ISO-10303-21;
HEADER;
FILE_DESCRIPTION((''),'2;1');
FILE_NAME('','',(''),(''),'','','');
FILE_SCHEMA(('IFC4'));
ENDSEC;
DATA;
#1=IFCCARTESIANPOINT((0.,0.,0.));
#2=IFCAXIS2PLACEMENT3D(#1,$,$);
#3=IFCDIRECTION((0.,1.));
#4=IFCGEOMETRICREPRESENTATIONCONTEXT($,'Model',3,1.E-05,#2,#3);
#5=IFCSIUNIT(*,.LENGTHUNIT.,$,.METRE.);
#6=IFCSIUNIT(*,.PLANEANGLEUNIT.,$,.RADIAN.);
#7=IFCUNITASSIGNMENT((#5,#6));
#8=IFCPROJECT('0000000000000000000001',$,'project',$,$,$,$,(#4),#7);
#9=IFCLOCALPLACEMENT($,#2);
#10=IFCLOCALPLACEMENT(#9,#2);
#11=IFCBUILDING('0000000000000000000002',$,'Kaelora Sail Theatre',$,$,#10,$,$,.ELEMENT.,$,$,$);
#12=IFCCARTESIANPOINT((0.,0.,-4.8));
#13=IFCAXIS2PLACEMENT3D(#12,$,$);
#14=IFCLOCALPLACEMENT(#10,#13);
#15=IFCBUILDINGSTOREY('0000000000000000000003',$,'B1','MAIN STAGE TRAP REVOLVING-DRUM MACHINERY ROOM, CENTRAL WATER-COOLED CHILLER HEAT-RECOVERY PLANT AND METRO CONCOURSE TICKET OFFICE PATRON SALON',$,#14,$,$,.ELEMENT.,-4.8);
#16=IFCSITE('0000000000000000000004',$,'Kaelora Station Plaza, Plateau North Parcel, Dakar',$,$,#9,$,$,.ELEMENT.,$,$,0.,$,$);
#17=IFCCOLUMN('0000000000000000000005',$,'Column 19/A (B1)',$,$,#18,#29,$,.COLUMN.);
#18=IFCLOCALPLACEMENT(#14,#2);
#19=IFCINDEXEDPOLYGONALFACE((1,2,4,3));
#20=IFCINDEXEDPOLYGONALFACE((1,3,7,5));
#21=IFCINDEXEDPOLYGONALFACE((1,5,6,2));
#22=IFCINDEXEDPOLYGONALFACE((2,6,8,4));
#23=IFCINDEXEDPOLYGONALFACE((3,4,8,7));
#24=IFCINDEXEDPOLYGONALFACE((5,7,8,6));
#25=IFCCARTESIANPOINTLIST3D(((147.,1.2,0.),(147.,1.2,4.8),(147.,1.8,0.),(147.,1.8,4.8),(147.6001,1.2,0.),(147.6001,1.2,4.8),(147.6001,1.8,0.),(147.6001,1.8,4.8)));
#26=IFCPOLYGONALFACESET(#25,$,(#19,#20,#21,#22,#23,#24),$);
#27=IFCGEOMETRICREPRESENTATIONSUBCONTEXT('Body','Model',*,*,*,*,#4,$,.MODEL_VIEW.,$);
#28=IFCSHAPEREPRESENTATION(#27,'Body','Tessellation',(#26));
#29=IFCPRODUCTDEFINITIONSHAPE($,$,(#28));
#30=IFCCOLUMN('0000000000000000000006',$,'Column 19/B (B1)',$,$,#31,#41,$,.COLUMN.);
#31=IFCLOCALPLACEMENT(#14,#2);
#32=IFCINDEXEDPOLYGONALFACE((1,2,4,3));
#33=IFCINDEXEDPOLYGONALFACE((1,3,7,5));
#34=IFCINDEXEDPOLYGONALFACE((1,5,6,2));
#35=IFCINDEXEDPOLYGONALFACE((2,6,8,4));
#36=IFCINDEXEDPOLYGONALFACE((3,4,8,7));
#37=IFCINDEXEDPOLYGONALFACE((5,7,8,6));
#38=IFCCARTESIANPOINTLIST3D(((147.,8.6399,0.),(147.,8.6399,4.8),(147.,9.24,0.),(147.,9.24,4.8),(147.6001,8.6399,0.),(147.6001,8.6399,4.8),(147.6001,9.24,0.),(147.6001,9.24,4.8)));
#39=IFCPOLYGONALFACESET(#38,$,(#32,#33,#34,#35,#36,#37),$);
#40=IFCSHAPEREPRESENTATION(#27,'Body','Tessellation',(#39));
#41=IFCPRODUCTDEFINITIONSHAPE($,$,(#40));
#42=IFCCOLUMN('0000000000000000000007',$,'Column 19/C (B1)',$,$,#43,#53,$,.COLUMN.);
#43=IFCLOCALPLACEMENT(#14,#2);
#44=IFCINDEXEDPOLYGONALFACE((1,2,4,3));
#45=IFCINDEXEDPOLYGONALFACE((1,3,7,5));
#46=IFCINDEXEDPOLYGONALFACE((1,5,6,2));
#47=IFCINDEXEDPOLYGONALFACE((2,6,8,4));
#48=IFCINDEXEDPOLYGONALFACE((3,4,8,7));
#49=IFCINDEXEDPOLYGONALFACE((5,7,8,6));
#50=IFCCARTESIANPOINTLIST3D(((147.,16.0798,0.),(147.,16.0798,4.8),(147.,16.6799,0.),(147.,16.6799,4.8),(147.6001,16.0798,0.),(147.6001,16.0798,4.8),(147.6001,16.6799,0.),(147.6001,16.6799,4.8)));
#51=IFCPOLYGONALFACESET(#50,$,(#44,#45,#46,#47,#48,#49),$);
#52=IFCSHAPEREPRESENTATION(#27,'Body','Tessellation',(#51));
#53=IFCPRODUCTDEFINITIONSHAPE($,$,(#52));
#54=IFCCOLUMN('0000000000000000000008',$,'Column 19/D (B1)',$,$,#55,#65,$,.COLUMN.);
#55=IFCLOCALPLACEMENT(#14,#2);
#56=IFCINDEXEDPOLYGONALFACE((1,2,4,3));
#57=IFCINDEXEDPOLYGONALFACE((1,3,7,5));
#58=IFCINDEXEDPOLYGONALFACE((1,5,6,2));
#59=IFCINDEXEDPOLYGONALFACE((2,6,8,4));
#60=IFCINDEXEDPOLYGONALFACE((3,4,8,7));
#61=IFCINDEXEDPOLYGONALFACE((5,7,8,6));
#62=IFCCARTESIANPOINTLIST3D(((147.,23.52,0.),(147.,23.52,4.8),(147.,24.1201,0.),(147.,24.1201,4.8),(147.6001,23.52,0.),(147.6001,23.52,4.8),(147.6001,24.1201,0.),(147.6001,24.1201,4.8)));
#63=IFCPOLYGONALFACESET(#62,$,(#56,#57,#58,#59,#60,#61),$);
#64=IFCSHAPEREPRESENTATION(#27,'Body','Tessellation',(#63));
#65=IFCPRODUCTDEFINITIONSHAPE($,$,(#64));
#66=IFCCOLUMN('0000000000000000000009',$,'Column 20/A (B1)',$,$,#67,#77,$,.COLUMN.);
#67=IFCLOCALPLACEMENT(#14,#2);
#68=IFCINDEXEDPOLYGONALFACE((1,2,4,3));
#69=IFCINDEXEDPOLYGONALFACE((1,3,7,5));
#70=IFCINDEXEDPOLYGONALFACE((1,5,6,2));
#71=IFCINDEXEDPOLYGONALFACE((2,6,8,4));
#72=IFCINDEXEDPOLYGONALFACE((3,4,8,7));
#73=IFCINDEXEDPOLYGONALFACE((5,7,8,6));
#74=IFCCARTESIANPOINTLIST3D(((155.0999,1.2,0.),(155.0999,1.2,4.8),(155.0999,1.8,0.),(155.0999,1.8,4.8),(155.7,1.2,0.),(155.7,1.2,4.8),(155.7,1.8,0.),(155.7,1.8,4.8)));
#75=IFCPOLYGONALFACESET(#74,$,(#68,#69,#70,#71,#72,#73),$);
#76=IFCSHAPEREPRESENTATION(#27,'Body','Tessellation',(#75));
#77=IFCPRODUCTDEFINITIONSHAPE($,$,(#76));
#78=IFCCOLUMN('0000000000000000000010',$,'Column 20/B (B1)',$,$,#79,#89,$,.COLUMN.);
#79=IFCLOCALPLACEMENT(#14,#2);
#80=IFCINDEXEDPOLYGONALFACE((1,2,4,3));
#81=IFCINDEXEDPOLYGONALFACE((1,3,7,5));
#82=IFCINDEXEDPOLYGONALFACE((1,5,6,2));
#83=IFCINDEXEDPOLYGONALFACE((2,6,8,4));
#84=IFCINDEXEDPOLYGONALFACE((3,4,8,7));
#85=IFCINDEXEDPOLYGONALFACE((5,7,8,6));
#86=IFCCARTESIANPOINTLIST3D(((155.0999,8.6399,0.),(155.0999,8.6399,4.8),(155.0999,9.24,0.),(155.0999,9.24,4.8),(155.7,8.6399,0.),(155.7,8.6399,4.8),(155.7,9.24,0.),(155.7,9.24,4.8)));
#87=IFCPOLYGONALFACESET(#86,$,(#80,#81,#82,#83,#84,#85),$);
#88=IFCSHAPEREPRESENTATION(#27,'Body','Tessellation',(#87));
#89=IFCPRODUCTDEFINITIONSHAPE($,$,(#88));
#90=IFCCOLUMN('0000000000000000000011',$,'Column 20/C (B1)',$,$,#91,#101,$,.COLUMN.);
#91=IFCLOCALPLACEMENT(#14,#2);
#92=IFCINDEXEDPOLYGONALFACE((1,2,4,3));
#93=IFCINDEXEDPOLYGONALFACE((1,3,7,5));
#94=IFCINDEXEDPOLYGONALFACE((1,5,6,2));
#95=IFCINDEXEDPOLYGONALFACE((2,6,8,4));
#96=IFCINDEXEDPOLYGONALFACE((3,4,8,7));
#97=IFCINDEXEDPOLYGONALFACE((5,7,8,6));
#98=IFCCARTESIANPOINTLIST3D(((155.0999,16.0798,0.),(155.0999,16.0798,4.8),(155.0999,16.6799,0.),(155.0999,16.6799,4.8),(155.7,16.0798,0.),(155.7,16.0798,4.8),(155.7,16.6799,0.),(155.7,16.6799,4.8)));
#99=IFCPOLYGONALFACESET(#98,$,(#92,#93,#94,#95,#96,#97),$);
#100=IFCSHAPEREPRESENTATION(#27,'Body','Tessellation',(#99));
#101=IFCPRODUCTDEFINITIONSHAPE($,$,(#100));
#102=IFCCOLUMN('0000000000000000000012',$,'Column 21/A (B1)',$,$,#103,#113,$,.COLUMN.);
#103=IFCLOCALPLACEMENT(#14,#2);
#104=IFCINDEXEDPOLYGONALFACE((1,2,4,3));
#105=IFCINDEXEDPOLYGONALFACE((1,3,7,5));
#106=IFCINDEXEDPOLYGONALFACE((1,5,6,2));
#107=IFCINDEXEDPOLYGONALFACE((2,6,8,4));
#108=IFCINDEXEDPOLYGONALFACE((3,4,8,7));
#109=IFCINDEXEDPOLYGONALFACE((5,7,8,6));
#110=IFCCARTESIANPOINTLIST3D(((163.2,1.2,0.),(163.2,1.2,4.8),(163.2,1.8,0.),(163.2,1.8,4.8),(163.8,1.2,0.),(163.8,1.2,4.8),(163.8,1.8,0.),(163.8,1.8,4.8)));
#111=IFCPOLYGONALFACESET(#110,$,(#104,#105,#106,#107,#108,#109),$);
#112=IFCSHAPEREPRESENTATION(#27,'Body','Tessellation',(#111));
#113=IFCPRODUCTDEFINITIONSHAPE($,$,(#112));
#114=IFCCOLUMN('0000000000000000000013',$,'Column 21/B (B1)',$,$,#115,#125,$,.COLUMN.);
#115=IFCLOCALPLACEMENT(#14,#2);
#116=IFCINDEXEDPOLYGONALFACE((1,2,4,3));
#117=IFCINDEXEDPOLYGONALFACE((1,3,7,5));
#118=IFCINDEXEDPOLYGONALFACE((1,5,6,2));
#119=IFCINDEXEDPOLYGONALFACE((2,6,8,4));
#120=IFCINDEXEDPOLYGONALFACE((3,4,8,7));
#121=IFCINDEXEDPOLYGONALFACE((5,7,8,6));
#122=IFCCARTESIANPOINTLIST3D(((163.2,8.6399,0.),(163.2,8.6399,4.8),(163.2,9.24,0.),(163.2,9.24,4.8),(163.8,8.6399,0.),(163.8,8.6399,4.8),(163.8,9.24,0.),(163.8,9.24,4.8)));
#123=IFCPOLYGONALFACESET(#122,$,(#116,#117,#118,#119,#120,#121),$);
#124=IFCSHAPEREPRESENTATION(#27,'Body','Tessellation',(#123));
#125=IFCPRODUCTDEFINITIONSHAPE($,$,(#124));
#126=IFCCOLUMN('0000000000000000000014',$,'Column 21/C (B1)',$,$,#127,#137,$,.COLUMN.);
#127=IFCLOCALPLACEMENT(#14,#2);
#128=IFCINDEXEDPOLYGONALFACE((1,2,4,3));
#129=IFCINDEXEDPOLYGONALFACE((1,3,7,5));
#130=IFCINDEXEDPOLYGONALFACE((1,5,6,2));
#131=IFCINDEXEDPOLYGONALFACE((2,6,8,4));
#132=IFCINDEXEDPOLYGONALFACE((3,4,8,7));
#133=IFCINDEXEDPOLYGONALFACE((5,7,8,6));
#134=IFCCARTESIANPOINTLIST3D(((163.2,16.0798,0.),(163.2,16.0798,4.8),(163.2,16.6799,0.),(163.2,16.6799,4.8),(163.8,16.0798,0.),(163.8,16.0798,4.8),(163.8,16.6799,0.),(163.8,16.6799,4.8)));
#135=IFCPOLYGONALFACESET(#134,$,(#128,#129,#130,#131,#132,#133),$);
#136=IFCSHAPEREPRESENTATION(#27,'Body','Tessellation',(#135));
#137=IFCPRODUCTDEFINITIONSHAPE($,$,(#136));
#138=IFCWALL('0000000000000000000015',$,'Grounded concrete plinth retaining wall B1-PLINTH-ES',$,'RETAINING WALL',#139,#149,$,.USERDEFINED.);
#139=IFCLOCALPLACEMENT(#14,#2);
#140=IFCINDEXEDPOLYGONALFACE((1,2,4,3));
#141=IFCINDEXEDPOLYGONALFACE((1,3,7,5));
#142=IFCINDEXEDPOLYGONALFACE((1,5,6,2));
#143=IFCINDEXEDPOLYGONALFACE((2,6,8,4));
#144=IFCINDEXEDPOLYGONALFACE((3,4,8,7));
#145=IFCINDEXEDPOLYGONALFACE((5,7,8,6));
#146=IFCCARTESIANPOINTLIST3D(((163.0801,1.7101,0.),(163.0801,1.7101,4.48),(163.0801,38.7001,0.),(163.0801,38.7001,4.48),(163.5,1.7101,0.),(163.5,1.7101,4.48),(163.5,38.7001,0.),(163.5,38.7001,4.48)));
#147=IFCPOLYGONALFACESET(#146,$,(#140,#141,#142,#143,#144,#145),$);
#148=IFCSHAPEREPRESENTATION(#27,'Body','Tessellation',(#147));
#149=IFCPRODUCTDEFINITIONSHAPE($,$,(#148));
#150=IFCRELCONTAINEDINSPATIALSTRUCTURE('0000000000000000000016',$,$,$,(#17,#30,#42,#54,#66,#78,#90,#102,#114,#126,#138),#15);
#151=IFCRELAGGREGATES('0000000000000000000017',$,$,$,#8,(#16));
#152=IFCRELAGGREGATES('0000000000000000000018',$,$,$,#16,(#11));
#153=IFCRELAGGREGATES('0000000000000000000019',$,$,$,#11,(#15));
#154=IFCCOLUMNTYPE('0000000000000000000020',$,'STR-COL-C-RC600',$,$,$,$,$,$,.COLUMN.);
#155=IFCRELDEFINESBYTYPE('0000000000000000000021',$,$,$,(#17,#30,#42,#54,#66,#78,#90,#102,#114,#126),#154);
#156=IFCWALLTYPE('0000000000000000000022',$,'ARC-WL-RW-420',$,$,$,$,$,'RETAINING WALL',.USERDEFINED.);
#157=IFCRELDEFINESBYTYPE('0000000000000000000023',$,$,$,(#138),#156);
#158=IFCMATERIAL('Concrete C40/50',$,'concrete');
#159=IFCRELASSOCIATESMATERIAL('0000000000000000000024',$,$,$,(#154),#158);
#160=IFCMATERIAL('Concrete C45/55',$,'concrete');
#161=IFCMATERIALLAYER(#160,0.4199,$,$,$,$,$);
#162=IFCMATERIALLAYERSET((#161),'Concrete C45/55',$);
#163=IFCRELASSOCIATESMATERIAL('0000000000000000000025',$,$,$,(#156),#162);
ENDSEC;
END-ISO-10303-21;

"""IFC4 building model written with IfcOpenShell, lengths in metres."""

from ifc_helpers import new_model, si_unit, direction, frame, frame_2d, origin, origin_2d, place, context, subcontext, project, spatial, rectangle, extrude, material, layer, layer_set, material_profile, profile_set, type_object, element, save


model = new_model("IFC4")

# Units and contexts
model_context = context("Model", 3, precision=1e-05, world=origin(), true_north=direction((0.0, 1.0)))
body_context = subcontext(model_context, "Body", "Model", "MODEL_VIEW")
ifc_project = project(units=[si_unit("LENGTHUNIT", "METRE"), si_unit("PLANEANGLEUNIT", "RADIAN")], contexts=[model_context])

# Site, building, storey
site_placement = place(None, origin())
site = spatial("IfcSite", under=ifc_project, at=site_placement, Name="Kaelora Station Plaza, Plateau North Parcel, Dakar", CompositionType="ELEMENT", RefElevation=0.0)
building_placement = place(site_placement, origin())
building = spatial("IfcBuilding", under=site, at=building_placement, Name="Kaelora Sail Theatre", CompositionType="ELEMENT")
storey_placement = place(building_placement, frame((0.0, 0.0, -4.8)))
storey = spatial("IfcBuildingStorey", under=building, at=storey_placement, Name="B1", Description="MAIN STAGE TRAP REVOLVING-DRUM MACHINERY ROOM, CENTRAL WATER-COOLED CHILLER HEAT-RECOVERY PLANT AND METRO CONCOURSE TICKET OFFICE PATRON SALON", CompositionType="ELEMENT", Elevation=-4.8)

# Columns
ifc_material_1 = material(Name="Concrete C40/50", Category="concrete")
ifc_material_profile_1 = material_profile(ifc_material_1, rectangle(XDim=0.6001, YDim=0.6001, at=origin_2d()), Name="RC-COL 600x600")
ifc_profile_set_1 = profile_set([ifc_material_profile_1], Name="Concrete C40/50")
column_type = type_object("IfcColumnType", Name="STR-COL-C-RC600", PredefinedType="COLUMN", material=ifc_profile_set_1)
for number, where, z_axis, x_axis, name in (
    (1, (147.3, 1.5, 0.0), (0.0, 0.0, 1.0), (1.0, 0.0, 0.0), "Column 19/A (B1)"),
    (2, (147.3, 8.9399, 0.0), (0.0, 0.0, 1.0), (1.0, 0.0, 0.0), "Column 19/B (B1)"),
    (3, (147.3, 16.3799, 0.0), (0.0, 0.0, 1.0), (1.0, 0.0, 0.0), "Column 19/C (B1)"),
    (4, (147.3, 23.8201, 0.0), (0.0, 0.0, 1.0), (1.0, 0.0, 0.0), "Column 19/D (B1)"),
    (5, (155.3999, 1.5, 0.0), (0.0, 0.0, 1.0), (1.0, 0.0, 0.0), "Column 20/A (B1)"),
    (6, (155.3999, 8.9399, 0.0), (0.0, 0.0, 1.0), (1.0, 0.0, 0.0), "Column 20/B (B1)"),
    (7, (155.3999, 16.3799, 0.0), (0.0, 0.0, 1.0), (1.0, 0.0, 0.0), "Column 20/C (B1)"),
    (8, (163.5, 1.5, 0.0), (0.0, 0.0, 1.0), (1.0, 0.0, 0.0), "Column 21/A (B1)"),
    (9, (163.5, 8.9399, 0.0), (0.0, 0.0, 1.0), (1.0, 0.0, 0.0), "Column 21/B (B1)"),
    (10, (163.5, 16.3799, 0.0), (0.0, 0.0, 1.0), (1.0, 0.0, 0.0), "Column 21/C (B1)"),
):
    element("IfcColumn", number, at=place(storey_placement, frame(where, z_axis=z_axis, x_axis=x_axis)), inside=storey, type_object=column_type, Name=name, PredefinedType="COLUMN", context=body_context, shape_type="SweptSolid", body=[
        extrude(rectangle(XDim=0.6001, YDim=0.6001, at=origin_2d()), origin(), (0.0, 0.0, 1.0), 4.8),
    ])

# Wall
ifc_material_2 = material(Name="Concrete C45/55", Category="concrete")
ifc_layer = layer(ifc_material_2, 0.4199)
ifc_layer_set = layer_set([ifc_layer], Name="Concrete C45/55")
wall_type = type_object("IfcWallType", Name="ARC-WL-RW-420", ElementType="RETAINING WALL", PredefinedType="USERDEFINED", material=ifc_layer_set)
wall_placement = place(storey_placement, frame((163.29, 1.71, 0.0), z_axis=(0.0, 0.0, 1.0), x_axis=(0.0, 1.0, 0.0)))
element("IfcWall", 11, at=wall_placement, inside=storey, type_object=wall_type, Name="Grounded concrete plinth retaining wall B1-PLINTH-ES", ObjectType="RETAINING WALL", PredefinedType="USERDEFINED", context=body_context, shape_type="SweptSolid", body=[
    extrude(rectangle(XDim=36.99, YDim=0.4199, at=frame_2d((18.4951, 0.0))), origin(), (0.0, 0.0, 1.0), 4.48),
])

save(model, "model.ifc")
